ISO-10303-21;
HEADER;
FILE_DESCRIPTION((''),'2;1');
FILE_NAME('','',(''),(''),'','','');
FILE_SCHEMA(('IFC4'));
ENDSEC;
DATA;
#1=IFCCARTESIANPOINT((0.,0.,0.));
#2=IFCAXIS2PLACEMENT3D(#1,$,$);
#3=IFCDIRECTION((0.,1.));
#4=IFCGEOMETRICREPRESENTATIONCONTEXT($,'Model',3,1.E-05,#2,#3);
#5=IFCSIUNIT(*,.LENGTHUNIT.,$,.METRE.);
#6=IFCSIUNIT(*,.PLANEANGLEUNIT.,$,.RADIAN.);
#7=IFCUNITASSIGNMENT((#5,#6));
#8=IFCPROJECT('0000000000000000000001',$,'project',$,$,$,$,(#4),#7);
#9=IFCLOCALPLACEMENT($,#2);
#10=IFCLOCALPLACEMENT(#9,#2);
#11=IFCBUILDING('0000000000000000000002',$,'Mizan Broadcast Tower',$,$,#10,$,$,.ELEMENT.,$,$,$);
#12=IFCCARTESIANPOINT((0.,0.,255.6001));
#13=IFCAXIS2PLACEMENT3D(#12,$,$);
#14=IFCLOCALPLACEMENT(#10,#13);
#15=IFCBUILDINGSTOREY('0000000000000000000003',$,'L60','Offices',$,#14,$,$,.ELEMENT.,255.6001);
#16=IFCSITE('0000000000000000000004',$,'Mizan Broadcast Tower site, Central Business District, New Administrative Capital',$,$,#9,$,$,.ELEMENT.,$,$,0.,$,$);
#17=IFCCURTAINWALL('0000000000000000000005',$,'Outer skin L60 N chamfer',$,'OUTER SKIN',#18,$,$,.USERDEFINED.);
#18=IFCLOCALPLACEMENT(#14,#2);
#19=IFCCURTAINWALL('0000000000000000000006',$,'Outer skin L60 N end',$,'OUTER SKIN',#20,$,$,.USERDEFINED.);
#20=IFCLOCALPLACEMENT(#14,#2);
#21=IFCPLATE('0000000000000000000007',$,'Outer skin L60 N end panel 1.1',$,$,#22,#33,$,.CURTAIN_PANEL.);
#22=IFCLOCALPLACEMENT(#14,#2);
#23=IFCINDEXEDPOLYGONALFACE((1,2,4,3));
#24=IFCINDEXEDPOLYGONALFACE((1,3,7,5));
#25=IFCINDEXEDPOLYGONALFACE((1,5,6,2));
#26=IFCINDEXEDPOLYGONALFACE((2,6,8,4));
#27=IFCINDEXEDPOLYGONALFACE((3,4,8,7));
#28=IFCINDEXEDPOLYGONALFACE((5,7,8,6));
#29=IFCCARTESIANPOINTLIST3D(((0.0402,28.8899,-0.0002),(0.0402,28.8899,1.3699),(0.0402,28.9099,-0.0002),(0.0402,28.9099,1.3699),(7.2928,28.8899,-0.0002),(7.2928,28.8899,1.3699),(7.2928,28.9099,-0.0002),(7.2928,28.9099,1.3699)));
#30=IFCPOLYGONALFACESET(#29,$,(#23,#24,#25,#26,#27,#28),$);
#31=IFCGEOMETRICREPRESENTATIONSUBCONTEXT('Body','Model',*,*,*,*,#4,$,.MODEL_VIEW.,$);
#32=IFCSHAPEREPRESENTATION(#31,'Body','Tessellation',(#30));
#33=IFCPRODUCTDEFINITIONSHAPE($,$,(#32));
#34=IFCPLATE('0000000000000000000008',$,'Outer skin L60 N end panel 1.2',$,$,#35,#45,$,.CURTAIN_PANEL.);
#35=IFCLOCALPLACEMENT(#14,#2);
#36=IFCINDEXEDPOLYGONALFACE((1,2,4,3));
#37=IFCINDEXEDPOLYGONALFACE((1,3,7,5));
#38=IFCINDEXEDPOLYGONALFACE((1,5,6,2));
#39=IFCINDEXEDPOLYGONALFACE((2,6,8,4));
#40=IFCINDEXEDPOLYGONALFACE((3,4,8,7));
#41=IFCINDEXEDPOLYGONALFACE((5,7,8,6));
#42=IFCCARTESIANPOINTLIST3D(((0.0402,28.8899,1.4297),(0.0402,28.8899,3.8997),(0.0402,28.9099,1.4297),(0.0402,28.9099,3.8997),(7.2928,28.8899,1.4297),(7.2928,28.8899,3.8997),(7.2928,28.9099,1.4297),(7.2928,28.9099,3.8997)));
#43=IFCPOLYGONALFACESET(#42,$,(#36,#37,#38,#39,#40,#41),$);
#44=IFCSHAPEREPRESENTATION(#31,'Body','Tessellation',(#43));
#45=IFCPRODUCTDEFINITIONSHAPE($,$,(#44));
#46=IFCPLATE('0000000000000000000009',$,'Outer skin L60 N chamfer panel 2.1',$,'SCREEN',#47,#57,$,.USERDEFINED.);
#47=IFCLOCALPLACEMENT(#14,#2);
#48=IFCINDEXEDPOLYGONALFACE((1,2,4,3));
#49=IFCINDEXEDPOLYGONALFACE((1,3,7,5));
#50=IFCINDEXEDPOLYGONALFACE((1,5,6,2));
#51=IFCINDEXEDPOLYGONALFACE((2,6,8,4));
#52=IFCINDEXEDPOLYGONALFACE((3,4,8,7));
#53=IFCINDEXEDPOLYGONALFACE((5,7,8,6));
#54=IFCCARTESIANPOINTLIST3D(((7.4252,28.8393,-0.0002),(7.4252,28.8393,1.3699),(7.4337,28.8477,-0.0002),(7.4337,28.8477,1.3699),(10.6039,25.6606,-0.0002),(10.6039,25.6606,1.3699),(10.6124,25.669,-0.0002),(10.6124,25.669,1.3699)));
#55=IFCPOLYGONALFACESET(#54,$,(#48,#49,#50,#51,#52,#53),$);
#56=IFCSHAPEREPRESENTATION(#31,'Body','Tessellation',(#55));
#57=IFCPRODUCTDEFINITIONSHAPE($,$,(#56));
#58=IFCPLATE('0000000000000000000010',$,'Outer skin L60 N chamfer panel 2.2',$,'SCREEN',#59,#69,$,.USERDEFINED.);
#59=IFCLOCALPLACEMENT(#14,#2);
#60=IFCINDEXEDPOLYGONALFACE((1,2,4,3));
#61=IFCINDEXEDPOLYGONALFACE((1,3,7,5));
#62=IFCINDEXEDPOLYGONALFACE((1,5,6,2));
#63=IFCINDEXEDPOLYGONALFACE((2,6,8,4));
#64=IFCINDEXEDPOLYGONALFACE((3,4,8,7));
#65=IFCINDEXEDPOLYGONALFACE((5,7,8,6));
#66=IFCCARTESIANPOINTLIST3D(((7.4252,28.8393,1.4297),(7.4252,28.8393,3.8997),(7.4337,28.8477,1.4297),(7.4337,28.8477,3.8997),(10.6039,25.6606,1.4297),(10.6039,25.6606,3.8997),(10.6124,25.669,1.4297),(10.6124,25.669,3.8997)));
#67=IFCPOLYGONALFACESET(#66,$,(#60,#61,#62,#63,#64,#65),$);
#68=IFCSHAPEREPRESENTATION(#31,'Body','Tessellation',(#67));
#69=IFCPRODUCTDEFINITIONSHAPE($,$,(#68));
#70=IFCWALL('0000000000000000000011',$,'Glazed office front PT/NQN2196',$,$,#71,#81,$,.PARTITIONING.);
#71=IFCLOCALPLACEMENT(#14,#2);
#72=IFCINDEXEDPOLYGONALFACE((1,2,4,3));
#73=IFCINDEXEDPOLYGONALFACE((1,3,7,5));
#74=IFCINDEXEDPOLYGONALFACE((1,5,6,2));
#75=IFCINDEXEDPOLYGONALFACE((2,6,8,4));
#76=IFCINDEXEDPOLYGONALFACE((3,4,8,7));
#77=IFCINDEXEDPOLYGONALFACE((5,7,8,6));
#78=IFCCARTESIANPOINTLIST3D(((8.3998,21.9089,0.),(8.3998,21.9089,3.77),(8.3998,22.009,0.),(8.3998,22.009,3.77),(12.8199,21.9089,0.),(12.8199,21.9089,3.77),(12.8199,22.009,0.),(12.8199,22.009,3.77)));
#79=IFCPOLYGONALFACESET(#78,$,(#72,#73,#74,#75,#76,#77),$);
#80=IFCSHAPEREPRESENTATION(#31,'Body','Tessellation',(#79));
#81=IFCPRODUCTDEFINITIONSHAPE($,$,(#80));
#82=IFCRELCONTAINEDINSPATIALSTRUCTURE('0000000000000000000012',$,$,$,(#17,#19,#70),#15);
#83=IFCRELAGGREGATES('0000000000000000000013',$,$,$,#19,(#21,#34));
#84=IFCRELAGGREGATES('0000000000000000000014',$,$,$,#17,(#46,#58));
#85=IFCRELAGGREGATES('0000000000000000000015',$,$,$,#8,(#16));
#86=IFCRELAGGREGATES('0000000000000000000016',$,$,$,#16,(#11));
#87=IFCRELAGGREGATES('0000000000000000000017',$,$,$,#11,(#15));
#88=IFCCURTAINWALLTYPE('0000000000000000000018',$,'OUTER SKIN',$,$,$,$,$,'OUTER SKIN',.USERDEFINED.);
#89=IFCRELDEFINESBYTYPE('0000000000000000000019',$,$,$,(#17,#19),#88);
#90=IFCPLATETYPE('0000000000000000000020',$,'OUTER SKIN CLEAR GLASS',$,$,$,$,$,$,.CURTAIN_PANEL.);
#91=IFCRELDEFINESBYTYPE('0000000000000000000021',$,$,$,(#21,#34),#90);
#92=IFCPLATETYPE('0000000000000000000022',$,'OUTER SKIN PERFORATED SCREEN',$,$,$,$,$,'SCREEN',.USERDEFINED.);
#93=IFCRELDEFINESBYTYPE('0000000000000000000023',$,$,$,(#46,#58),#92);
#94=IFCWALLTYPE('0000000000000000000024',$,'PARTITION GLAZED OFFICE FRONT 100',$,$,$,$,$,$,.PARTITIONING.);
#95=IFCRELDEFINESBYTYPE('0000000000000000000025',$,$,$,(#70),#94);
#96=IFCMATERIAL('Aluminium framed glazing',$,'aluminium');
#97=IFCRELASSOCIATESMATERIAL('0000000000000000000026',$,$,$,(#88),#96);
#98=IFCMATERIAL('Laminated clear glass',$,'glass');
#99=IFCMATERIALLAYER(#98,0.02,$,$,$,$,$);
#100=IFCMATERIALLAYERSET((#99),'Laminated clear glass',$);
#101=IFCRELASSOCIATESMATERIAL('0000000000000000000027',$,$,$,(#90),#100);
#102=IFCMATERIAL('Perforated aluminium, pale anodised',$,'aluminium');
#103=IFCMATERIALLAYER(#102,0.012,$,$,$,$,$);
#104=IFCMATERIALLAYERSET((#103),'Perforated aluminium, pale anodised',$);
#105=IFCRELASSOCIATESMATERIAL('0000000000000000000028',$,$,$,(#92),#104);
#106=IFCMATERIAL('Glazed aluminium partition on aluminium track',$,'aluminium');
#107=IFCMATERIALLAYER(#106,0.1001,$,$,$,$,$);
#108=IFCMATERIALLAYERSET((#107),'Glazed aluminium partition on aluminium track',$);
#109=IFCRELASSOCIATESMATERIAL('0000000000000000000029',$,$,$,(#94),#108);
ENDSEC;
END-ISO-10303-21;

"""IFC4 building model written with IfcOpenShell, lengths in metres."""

from ifc_helpers import new_model, si_unit, direction, frame, frame_2d, origin, origin_2d, place, context, subcontext, project, spatial, rectangle, extrude, material, layer, layer_set, type_object, element, aggregate, save


model = new_model("IFC4")

# Units and contexts
model_context = context("Model", 3, precision=1e-05, world=origin(), true_north=direction((0.0, 1.0)))
body_context = subcontext(model_context, "Body", "Model", "MODEL_VIEW")
ifc_project = project(units=[si_unit("LENGTHUNIT", "METRE"), si_unit("PLANEANGLEUNIT", "RADIAN")], contexts=[model_context])

# Site, building, storey
site_placement = place(None, origin())
site = spatial("IfcSite", under=ifc_project, at=site_placement, Name="Mizan Broadcast Tower site, Central Business District, New Administrative Capital", CompositionType="ELEMENT", RefElevation=0.0)
building_placement = place(site_placement, origin())
building = spatial("IfcBuilding", under=site, at=building_placement, Name="Mizan Broadcast Tower", CompositionType="ELEMENT")
storey_placement = place(building_placement, frame((0.0, 0.0, 255.6001)))
storey = spatial("IfcBuildingStorey", under=building, at=storey_placement, Name="L60", Description="Offices", CompositionType="ELEMENT", Elevation=255.6001)

# Curtain wall
ifc_material_1 = material(Name="Aluminium framed glazing", Category="aluminium")
curtain_wall_type_1 = type_object("IfcCurtainWallType", Name="OUTER SKIN", ElementType="OUTER SKIN", PredefinedType="USERDEFINED", material=ifc_material_1)
curtain_wall_1_placement = place(storey_placement, origin())
curtain_wall_1 = element("IfcCurtainWall", 1, at=curtain_wall_1_placement, inside=storey, type_object=curtain_wall_type_1, Name="Outer skin L60 N chamfer", ObjectType="OUTER SKIN", PredefinedType="USERDEFINED")

# Curtain wall
curtain_wall_2_placement = place(storey_placement, origin())
curtain_wall_2 = element("IfcCurtainWall", 2, at=curtain_wall_2_placement, inside=storey, type_object=curtain_wall_type_1, Name="Outer skin L60 N end", ObjectType="OUTER SKIN", PredefinedType="USERDEFINED")

# Plates
ifc_material_2 = material(Name="Laminated clear glass", Category="glass")
ifc_layer_1 = layer(ifc_material_2, 0.02)
ifc_layer_set_1 = layer_set([ifc_layer_1], Name="Laminated clear glass")
plate_type_1 = type_object("IfcPlateType", Name="OUTER SKIN CLEAR GLASS", PredefinedType="CURTAIN_PANEL", material=ifc_layer_set_1)
plate_1_placement = place(storey_placement, frame((3.6665, 28.8999, -0.0002), z_axis=(0.0, 0.0, 1.0), x_axis=(-1.0, 0.0, 0.0)))
plate_1 = element("IfcPlate", 3, at=plate_1_placement, type_object=plate_type_1, Name="Outer skin L60 N end panel 1.1", PredefinedType="CURTAIN_PANEL", context=body_context, shape_type="SweptSolid", body=[
    extrude(rectangle(XDim=7.2527, YDim=0.02, at=origin_2d()), origin(), (0.0, 0.0, 1.0), 1.3701),
])
plate_2_placement = place(storey_placement, frame((3.6665, 28.8999, 1.4297), z_axis=(0.0, 0.0, 1.0), x_axis=(-1.0, 0.0, 0.0)))
plate_2 = element("IfcPlate", 4, at=plate_2_placement, type_object=plate_type_1, Name="Outer skin L60 N end panel 1.2", PredefinedType="CURTAIN_PANEL", context=body_context, shape_type="SweptSolid", body=[
    extrude(rectangle(XDim=7.2527, YDim=0.02, at=origin_2d()), origin(), (0.0, 0.0, 1.0), 2.47),
])
aggregate(curtain_wall_2, [plate_1, plate_2])
ifc_material_3 = material(Name="Perforated aluminium, pale anodised", Category="aluminium")
ifc_layer_2 = layer(ifc_material_3, 0.012)
ifc_layer_set_2 = layer_set([ifc_layer_2], Name="Perforated aluminium, pale anodised")
plate_type_2 = type_object("IfcPlateType", Name="OUTER SKIN PERFORATED SCREEN", ElementType="SCREEN", PredefinedType="USERDEFINED", material=ifc_layer_set_2)
plate_3_placement = place(storey_placement, frame((9.0188, 27.2542, -0.0002), z_axis=(0.0, 0.0, 1.0), x_axis=(-0.707107, 0.707107, 0.0)))
plate_3 = element("IfcPlate", 5, at=plate_3_placement, type_object=plate_type_2, Name="Outer skin L60 N chamfer panel 2.1", ObjectType="SCREEN", PredefinedType="USERDEFINED", context=body_context, shape_type="SweptSolid", body=[
    extrude(rectangle(XDim=4.4954, YDim=0.012, at=origin_2d()), origin(), (0.0, 0.0, 1.0), 1.3701),
])
plate_4_placement = place(storey_placement, frame((9.0188, 27.2542, 1.4297), z_axis=(0.0, 0.0, 1.0), x_axis=(-0.707107, 0.707107, 0.0)))
plate_4 = element("IfcPlate", 6, at=plate_4_placement, type_object=plate_type_2, Name="Outer skin L60 N chamfer panel 2.2", ObjectType="SCREEN", PredefinedType="USERDEFINED", context=body_context, shape_type="SweptSolid", body=[
    extrude(rectangle(XDim=4.4954, YDim=0.012, at=origin_2d()), origin(), (0.0, 0.0, 1.0), 2.47),
])
aggregate(curtain_wall_1, [plate_3, plate_4])

# Wall
ifc_material_4 = material(Name="Glazed aluminium partition on aluminium track", Category="aluminium")
ifc_layer_3 = layer(ifc_material_4, 0.1001)
ifc_layer_set_3 = layer_set([ifc_layer_3], Name="Glazed aluminium partition on aluminium track")
wall_type = type_object("IfcWallType", Name="PARTITION GLAZED OFFICE FRONT 100", PredefinedType="PARTITIONING", material=ifc_layer_set_3)
wall_placement = place(storey_placement, frame((8.3999, 21.959, 0.0), z_axis=(0.0, 0.0, 1.0), x_axis=(1.0, 0.0, 0.0)))
element("IfcWall", 7, at=wall_placement, inside=storey, type_object=wall_type, Name="Glazed office front PT/NQN2196", PredefinedType="PARTITIONING", context=body_context, shape_type="SweptSolid", body=[
    extrude(rectangle(XDim=4.4202, YDim=0.1001, at=frame_2d((2.21, 0.0))), origin(), (0.0, 0.0, 1.0), 3.77),
])

save(model, "model.ifc")
